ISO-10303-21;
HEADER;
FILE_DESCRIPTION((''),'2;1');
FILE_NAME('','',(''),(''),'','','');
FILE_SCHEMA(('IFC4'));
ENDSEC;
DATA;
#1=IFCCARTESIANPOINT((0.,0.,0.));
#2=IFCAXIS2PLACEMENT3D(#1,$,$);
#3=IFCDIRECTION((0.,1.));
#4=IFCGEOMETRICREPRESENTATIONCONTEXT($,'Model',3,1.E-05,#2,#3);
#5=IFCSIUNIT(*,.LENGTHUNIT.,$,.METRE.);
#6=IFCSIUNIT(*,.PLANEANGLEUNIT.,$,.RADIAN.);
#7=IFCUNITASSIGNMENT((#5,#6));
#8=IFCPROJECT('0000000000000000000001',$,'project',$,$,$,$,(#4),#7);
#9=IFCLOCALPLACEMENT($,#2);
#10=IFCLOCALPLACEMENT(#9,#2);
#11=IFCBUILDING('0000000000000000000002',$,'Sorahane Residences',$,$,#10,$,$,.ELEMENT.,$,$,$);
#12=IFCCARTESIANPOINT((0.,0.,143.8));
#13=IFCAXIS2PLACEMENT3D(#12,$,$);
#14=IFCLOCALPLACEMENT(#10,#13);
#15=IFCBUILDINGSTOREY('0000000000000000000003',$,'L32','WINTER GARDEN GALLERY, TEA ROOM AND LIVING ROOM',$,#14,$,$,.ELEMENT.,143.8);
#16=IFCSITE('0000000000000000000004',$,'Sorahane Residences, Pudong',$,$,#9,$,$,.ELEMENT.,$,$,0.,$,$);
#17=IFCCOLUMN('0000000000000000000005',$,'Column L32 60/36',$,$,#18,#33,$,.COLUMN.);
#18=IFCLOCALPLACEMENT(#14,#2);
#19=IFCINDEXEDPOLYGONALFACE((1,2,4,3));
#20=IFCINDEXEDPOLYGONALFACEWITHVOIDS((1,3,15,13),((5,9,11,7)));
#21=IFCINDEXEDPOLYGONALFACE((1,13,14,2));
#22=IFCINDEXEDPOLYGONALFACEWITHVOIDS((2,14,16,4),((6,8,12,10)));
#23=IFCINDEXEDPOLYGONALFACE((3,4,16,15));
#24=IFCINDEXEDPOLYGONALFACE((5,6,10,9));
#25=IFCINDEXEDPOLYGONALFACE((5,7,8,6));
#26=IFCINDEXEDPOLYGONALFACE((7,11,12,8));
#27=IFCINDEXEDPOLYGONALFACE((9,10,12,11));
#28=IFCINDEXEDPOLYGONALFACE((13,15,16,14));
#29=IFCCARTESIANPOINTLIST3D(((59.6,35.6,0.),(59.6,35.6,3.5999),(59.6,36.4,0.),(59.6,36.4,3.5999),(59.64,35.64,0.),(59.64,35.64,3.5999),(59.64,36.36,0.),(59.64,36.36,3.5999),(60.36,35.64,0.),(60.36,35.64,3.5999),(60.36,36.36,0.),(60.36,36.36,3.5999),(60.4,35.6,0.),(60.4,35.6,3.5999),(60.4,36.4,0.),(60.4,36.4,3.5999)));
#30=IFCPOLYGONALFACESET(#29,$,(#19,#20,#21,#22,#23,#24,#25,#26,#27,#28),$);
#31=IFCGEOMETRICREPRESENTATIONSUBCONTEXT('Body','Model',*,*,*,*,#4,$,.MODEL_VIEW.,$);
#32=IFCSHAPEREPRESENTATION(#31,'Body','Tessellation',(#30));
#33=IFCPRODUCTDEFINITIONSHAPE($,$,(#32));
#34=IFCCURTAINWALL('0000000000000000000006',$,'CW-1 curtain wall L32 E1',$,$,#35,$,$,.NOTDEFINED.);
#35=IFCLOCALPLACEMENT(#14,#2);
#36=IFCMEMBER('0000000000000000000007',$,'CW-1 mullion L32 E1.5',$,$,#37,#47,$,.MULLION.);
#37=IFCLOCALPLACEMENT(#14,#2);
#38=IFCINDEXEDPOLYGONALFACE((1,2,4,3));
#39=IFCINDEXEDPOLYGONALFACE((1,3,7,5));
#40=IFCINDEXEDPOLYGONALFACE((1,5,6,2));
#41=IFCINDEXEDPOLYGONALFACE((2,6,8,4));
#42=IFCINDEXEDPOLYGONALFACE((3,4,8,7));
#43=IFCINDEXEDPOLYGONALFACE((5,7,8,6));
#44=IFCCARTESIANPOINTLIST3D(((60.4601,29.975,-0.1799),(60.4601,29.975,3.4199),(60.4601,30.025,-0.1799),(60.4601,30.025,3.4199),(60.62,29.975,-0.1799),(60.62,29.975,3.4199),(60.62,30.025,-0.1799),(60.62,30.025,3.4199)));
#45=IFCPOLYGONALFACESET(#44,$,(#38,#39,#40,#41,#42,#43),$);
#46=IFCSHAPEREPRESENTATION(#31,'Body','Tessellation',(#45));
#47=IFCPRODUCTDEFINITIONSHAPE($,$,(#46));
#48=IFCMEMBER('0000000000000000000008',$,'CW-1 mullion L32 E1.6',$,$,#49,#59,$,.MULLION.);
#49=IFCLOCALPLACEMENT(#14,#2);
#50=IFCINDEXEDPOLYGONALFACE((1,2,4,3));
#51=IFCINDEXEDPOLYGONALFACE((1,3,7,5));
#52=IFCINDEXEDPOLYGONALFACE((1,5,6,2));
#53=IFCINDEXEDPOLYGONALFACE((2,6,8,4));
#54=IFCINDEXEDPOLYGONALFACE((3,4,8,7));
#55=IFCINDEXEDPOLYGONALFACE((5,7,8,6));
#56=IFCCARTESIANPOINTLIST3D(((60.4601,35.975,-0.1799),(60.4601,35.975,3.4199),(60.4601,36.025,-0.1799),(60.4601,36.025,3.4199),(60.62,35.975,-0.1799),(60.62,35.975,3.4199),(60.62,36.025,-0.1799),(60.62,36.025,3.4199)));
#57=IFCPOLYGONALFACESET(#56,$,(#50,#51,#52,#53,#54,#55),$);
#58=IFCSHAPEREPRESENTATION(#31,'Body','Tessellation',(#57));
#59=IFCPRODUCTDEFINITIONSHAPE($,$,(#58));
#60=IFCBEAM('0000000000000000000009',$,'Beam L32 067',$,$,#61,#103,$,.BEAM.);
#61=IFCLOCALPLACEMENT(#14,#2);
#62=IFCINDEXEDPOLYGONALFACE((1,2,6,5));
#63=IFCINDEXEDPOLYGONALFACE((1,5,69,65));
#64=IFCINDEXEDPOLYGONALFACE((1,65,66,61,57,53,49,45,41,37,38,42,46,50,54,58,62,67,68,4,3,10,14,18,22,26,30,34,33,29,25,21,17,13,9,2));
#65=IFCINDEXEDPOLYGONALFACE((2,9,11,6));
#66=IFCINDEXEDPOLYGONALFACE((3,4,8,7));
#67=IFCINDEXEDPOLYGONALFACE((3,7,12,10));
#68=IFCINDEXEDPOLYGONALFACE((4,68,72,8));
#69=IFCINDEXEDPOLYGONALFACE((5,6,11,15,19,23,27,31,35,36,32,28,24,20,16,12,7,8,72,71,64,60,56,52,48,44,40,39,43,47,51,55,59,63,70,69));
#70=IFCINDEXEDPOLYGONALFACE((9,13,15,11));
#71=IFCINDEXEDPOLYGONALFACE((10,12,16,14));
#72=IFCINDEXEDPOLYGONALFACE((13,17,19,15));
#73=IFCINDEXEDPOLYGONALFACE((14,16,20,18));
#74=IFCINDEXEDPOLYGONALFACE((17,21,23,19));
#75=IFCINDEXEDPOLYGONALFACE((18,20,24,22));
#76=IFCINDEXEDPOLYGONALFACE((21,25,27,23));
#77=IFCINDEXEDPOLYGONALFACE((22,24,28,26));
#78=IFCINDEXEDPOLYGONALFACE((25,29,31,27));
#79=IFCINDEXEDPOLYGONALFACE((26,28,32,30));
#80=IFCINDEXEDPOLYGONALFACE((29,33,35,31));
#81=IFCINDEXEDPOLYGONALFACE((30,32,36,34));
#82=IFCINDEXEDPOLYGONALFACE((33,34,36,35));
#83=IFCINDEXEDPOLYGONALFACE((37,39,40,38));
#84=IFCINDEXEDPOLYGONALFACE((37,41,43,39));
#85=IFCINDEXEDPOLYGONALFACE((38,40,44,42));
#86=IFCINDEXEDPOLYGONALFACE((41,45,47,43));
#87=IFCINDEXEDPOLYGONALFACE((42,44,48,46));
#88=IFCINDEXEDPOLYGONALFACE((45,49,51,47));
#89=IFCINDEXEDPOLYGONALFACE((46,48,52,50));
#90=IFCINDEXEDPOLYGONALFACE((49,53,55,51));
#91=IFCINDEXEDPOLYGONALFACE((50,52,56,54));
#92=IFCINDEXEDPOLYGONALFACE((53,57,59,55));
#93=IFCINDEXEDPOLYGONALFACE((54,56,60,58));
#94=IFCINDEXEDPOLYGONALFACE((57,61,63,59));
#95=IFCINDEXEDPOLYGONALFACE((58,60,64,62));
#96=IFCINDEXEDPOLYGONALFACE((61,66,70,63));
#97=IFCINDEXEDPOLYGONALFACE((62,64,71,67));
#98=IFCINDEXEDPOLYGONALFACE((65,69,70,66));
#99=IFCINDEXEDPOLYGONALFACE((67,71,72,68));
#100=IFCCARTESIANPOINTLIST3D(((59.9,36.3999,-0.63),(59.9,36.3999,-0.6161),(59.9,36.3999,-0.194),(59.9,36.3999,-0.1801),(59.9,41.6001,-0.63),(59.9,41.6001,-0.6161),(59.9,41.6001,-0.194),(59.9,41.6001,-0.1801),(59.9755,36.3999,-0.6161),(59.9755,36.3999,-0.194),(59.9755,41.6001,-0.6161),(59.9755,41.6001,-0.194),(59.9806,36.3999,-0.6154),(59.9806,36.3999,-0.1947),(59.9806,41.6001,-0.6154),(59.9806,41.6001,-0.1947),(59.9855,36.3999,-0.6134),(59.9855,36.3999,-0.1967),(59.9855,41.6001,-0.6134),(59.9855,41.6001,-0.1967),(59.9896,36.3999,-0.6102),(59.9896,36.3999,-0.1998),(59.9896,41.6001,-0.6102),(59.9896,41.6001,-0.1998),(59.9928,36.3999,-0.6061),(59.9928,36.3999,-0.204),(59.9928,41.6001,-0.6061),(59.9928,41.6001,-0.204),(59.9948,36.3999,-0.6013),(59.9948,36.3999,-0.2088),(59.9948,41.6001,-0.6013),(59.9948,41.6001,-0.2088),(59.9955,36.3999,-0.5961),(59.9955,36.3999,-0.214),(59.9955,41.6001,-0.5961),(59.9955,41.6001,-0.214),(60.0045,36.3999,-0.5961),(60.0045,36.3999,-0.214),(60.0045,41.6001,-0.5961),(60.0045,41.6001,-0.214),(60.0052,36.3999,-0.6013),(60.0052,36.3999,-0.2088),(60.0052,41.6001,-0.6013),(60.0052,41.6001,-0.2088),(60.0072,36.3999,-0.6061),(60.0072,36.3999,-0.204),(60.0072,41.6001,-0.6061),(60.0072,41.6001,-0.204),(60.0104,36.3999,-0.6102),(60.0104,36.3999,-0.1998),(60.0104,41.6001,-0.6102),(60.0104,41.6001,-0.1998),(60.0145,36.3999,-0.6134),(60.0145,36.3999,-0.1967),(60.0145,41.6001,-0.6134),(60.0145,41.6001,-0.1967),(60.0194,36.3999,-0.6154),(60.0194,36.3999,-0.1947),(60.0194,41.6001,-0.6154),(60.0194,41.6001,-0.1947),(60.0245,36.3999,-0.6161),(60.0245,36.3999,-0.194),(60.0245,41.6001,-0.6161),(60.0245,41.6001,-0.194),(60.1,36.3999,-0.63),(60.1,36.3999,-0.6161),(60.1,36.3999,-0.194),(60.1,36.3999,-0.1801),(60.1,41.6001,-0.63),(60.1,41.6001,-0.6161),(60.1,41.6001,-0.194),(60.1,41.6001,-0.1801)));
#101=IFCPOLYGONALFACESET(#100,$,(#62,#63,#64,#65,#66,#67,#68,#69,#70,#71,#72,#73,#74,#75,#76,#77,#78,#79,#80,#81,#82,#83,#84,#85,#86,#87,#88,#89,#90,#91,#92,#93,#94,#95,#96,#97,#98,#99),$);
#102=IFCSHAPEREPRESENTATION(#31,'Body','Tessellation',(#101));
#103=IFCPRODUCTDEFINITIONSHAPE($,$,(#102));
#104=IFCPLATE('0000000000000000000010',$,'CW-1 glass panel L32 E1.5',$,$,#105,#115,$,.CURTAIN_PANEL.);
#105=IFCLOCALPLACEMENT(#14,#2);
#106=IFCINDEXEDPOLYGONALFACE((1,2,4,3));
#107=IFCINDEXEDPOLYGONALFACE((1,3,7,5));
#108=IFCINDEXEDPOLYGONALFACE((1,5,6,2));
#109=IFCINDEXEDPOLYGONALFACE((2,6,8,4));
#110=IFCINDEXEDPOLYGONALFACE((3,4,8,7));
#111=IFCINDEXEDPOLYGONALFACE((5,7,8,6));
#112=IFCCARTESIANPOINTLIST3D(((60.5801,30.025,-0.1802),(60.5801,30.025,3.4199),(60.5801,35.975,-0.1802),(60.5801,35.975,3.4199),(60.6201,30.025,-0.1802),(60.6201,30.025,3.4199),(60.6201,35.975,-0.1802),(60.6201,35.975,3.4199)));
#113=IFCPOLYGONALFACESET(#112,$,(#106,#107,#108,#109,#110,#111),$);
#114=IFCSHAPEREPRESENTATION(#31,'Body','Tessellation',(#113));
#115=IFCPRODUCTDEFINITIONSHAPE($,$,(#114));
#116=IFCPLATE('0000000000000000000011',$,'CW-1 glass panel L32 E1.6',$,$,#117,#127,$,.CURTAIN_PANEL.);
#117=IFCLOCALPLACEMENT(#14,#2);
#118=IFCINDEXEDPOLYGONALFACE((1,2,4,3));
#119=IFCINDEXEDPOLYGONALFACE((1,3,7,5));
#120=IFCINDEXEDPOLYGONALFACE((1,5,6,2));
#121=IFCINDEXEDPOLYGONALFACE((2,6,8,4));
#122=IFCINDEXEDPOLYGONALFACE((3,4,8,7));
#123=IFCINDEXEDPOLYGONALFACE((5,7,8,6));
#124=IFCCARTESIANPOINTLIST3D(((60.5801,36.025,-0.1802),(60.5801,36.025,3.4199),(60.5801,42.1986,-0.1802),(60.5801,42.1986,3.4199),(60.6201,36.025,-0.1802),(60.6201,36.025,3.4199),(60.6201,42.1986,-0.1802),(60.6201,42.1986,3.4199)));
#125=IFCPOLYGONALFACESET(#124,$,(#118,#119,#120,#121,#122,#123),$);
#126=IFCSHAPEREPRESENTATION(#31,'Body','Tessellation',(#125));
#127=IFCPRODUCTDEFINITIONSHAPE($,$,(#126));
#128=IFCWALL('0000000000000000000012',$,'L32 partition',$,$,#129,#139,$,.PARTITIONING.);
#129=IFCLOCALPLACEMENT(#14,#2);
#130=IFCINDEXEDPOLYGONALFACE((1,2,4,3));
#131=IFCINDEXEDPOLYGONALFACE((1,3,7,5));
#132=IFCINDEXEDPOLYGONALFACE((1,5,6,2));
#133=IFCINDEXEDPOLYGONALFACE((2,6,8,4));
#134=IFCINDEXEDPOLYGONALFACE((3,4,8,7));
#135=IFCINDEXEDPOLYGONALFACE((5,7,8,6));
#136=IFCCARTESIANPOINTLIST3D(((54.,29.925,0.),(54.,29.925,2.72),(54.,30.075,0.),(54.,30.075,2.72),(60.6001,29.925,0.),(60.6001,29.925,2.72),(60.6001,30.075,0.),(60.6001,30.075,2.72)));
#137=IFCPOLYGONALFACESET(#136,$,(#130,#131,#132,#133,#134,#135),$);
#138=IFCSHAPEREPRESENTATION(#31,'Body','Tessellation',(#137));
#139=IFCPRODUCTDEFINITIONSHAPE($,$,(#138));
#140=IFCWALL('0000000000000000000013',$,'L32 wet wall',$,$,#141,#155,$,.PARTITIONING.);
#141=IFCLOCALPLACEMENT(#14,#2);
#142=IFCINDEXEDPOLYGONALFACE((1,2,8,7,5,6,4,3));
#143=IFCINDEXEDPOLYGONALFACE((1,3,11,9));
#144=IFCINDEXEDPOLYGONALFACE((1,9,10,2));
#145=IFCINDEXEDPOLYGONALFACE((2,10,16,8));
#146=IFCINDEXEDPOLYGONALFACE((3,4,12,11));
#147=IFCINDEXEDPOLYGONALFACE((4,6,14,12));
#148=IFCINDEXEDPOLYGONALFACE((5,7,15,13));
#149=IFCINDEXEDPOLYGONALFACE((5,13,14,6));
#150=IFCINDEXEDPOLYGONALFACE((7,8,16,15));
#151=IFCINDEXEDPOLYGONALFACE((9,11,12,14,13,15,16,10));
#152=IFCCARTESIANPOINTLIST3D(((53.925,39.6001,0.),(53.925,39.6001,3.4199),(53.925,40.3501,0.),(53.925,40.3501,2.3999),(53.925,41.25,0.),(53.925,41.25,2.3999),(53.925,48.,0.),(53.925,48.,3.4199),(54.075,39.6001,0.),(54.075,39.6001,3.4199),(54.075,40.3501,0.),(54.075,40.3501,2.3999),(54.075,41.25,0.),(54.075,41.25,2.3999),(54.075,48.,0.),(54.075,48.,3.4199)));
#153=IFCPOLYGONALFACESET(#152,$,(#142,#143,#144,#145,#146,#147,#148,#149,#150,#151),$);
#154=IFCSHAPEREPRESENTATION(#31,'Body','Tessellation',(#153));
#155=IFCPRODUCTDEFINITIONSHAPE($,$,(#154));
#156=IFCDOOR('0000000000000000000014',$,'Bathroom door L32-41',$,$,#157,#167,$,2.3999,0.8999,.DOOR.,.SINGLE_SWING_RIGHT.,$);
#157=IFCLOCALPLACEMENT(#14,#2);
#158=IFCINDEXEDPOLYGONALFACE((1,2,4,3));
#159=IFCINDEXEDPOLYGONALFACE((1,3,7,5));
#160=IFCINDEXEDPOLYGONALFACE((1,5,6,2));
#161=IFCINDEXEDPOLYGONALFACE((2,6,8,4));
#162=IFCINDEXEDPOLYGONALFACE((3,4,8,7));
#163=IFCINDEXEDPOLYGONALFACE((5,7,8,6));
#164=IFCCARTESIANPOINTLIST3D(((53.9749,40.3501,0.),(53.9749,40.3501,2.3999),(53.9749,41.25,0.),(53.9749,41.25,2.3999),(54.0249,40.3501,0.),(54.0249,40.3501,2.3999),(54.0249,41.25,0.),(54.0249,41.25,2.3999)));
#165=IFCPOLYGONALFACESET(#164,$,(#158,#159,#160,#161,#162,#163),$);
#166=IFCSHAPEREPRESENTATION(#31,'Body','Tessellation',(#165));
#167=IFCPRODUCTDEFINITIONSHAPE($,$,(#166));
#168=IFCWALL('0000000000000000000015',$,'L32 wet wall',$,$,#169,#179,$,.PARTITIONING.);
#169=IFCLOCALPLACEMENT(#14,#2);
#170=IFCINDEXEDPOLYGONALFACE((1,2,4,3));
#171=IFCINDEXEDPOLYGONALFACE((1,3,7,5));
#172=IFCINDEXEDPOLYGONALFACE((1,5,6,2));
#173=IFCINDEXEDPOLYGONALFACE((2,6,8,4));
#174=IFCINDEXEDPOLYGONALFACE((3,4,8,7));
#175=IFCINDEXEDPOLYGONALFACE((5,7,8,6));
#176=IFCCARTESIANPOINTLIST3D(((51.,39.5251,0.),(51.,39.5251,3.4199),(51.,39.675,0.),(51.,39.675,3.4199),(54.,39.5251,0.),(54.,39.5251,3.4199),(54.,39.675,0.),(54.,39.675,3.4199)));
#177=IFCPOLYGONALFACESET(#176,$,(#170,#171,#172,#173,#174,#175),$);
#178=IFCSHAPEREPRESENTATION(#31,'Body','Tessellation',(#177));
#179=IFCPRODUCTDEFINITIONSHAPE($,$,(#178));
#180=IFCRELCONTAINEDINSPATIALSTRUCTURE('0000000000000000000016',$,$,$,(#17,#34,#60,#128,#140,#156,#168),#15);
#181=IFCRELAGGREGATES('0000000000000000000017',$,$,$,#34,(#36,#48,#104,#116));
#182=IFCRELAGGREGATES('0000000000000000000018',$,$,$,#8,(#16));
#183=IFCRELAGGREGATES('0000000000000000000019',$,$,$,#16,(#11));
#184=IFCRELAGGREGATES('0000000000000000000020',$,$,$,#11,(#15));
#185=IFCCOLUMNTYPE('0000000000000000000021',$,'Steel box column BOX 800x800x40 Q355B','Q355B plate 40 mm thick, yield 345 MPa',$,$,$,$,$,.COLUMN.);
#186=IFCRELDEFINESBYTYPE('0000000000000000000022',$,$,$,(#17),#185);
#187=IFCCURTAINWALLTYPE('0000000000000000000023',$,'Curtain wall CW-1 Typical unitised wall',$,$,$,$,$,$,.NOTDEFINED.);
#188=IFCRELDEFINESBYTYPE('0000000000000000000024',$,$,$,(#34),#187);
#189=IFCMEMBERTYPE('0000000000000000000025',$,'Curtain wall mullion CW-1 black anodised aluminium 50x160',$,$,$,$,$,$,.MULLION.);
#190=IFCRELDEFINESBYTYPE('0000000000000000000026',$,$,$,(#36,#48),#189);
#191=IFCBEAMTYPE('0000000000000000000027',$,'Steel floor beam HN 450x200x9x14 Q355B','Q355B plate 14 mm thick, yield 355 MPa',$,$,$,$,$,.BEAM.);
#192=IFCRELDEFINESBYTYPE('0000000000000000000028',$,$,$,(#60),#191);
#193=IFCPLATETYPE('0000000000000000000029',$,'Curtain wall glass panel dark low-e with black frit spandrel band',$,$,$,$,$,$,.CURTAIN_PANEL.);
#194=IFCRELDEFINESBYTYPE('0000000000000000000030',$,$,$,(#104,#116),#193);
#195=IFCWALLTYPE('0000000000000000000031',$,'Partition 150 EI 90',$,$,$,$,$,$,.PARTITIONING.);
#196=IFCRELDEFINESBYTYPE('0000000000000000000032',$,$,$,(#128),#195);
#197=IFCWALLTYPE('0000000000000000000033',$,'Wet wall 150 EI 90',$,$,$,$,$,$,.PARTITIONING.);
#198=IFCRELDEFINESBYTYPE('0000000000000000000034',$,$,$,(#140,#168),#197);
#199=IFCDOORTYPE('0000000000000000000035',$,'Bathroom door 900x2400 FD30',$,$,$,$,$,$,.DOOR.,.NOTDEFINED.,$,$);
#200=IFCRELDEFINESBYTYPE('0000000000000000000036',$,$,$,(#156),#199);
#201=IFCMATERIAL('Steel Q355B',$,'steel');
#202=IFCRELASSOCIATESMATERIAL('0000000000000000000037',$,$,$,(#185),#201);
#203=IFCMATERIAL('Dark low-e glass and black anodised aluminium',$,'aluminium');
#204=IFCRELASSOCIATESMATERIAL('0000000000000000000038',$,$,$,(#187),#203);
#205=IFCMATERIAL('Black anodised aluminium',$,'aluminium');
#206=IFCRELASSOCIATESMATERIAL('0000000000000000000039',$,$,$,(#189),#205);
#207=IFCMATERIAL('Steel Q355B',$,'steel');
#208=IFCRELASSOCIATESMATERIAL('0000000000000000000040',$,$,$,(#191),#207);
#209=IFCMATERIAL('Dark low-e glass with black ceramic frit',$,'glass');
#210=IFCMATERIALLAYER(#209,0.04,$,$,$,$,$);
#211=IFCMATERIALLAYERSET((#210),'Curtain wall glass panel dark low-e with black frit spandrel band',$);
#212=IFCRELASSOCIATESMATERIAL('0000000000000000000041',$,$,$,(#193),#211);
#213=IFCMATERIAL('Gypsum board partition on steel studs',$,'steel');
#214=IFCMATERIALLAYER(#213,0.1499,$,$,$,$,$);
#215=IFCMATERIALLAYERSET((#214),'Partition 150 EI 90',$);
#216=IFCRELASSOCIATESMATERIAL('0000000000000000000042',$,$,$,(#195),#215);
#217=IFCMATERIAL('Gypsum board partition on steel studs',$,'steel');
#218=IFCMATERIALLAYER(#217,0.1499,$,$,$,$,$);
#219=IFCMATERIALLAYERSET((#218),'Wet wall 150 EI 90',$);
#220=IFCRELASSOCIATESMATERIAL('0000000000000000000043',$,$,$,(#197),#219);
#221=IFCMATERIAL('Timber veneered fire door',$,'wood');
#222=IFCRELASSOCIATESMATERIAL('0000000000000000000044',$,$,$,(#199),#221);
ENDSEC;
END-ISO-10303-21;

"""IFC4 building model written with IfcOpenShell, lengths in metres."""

from ifc_helpers import new_model, si_unit, direction, frame, frame_2d, origin, origin_2d, place, context, subcontext, project, spatial, rectangle, hollow_rectangle, i_section, extrude, material, layer, layer_set, material_profile, profile_set, type_object, element, fill, aggregate, save


model = new_model("IFC4")

# Units and contexts
model_context = context("Model", 3, precision=1e-05, world=origin(), true_north=direction((0.0, 1.0)))
body_context = subcontext(model_context, "Body", "Model", "MODEL_VIEW")
ifc_project = project(units=[si_unit("LENGTHUNIT", "METRE"), si_unit("PLANEANGLEUNIT", "RADIAN")], contexts=[model_context])

# Site, building, storey
site_placement = place(None, origin())
site = spatial("IfcSite", under=ifc_project, at=site_placement, Name="Sorahane Residences, Pudong", CompositionType="ELEMENT", RefElevation=0.0)
building_placement = place(site_placement, origin())
building = spatial("IfcBuilding", under=site, at=building_placement, Name="Sorahane Residences", CompositionType="ELEMENT")
storey_placement = place(building_placement, frame((0.0, 0.0, 143.8)))
storey = spatial("IfcBuildingStorey", under=building, at=storey_placement, Name="L32", Description="WINTER GARDEN GALLERY, TEA ROOM AND LIVING ROOM", CompositionType="ELEMENT", Elevation=143.8)

# Column
ifc_material_1 = material(Name="Steel Q355B", Category="steel")
ifc_material_profile_1 = material_profile(ifc_material_1, hollow_rectangle(XDim=0.8, YDim=0.8, WallThickness=0.04, at=origin_2d()), Name="BOX 800x800x40")
ifc_profile_set_1 = profile_set([ifc_material_profile_1], Name="Steel Q355B")
column_type = type_object("IfcColumnType", Name="Steel box column BOX 800x800x40 Q355B", Description="Q355B plate 40 mm thick, yield 345 MPa", PredefinedType="COLUMN", material=ifc_profile_set_1)
column_placement = place(storey_placement, frame((60.0, 36.0, 0.0), z_axis=(0.0, 0.0, 1.0), x_axis=(1.0, 0.0, 0.0)))
element("IfcColumn", 1, at=column_placement, inside=storey, type_object=column_type, Name="Column L32 60/36", PredefinedType="COLUMN", context=body_context, shape_type="SweptSolid", body=[
    extrude(hollow_rectangle(XDim=0.8, YDim=0.8, WallThickness=0.04, at=origin_2d()), origin(), (0.0, 0.0, 1.0), 3.5999),
])

# Curtain wall, members
ifc_material_2 = material(Name="Dark low-e glass and black anodised aluminium", Category="aluminium")
curtain_wall_type = type_object("IfcCurtainWallType", Name="Curtain wall CW-1 Typical unitised wall", PredefinedType="NOTDEFINED", material=ifc_material_2)
curtain_wall_placement = place(storey_placement, origin())
curtain_wall = element("IfcCurtainWall", 2, at=curtain_wall_placement, inside=storey, type_object=curtain_wall_type, Name="CW-1 curtain wall L32 E1", PredefinedType="NOTDEFINED")
ifc_material_3 = material(Name="Black anodised aluminium", Category="aluminium")
ifc_material_profile_2 = material_profile(ifc_material_3, rectangle(XDim=0.1599, YDim=0.05, at=origin_2d()), Name="Curtain wall mullion CW-1 black anodised aluminium 50x160")
ifc_profile_set_2 = profile_set([ifc_material_profile_2], Name="Black anodised aluminium")
member_type = type_object("IfcMemberType", Name="Curtain wall mullion CW-1 black anodised aluminium 50x160", PredefinedType="MULLION", material=ifc_profile_set_2)
member_1_placement = place(storey_placement, frame((60.54, 30.0, -0.1799), z_axis=(0.0, 0.0, 1.0), x_axis=(1.0, 0.0, 0.0)))
member_1 = element("IfcMember", 3, at=member_1_placement, type_object=member_type, Name="CW-1 mullion L32 E1.5", PredefinedType="MULLION", context=body_context, shape_type="SweptSolid", body=[
    extrude(rectangle(XDim=0.1599, YDim=0.05, at=origin_2d()), origin(), (0.0, 0.0, 1.0), 3.5999),
])
member_2_placement = place(storey_placement, frame((60.54, 36.0, -0.1799), z_axis=(0.0, 0.0, 1.0), x_axis=(1.0, 0.0, 0.0)))
member_2 = element("IfcMember", 4, at=member_2_placement, type_object=member_type, Name="CW-1 mullion L32 E1.6", PredefinedType="MULLION", context=body_context, shape_type="SweptSolid", body=[
    extrude(rectangle(XDim=0.1599, YDim=0.05, at=origin_2d()), origin(), (0.0, 0.0, 1.0), 3.5999),
])

# Beam
ifc_material_4 = material(Name="Steel Q355B", Category="steel")
ifc_material_profile_3 = material_profile(ifc_material_4, i_section(OverallWidth=0.2, OverallDepth=0.45, WebThickness=0.009, FlangeThickness=0.0139, FilletRadius=0.02, at=origin_2d()), Name="HN 450x200x9x14")
ifc_profile_set_3 = profile_set([ifc_material_profile_3], Name="Steel Q355B")
beam_type = type_object("IfcBeamType", Name="Steel floor beam HN 450x200x9x14 Q355B", Description="Q355B plate 14 mm thick, yield 355 MPa", PredefinedType="BEAM", material=ifc_profile_set_3)
beam_placement = place(storey_placement, frame((60.0, 36.3999, -0.405), z_axis=(0.0, 1.0, 0.0), x_axis=(-1.0, 0.0, 0.0)))
element("IfcBeam", 5, at=beam_placement, inside=storey, type_object=beam_type, Name="Beam L32 067", PredefinedType="BEAM", context=body_context, shape_type="SweptSolid", body=[
    extrude(i_section(OverallWidth=0.2, OverallDepth=0.45, WebThickness=0.009, FlangeThickness=0.0139, FilletRadius=0.02, at=origin_2d()), origin(), (0.0, 0.0, 1.0), 5.2002),
])

# Plates
ifc_material_5 = material(Name="Dark low-e glass with black ceramic frit", Category="glass")
ifc_layer_1 = layer(ifc_material_5, 0.04)
ifc_layer_set_1 = layer_set([ifc_layer_1], Name="Curtain wall glass panel dark low-e with black frit spandrel band")
plate_type = type_object("IfcPlateType", Name="Curtain wall glass panel dark low-e with black frit spandrel band", PredefinedType="CURTAIN_PANEL", material=ifc_layer_set_1)
plate_1_placement = place(storey_placement, frame((60.6001, 33.0, -0.1802), z_axis=(0.0, 0.0, 1.0), x_axis=(0.0, 1.0, 0.0)))
plate_1 = element("IfcPlate", 6, at=plate_1_placement, type_object=plate_type, Name="CW-1 glass panel L32 E1.5", PredefinedType="CURTAIN_PANEL", context=body_context, shape_type="SweptSolid", body=[
    extrude(rectangle(XDim=5.95, YDim=0.04, at=origin_2d()), origin(), (0.0, 0.0, 1.0), 3.6001),
])
plate_2_placement = place(storey_placement, frame((60.6001, 39.1118, -0.1802), z_axis=(0.0, 0.0, 1.0), x_axis=(0.0, 1.0, 0.0)))
plate_2 = element("IfcPlate", 7, at=plate_2_placement, type_object=plate_type, Name="CW-1 glass panel L32 E1.6", PredefinedType="CURTAIN_PANEL", context=body_context, shape_type="SweptSolid", body=[
    extrude(rectangle(XDim=6.1736, YDim=0.04, at=origin_2d()), origin(), (0.0, 0.0, 1.0), 3.6001),
])
aggregate(curtain_wall, [member_1, member_2, plate_1, plate_2])

# Shared definitions
ifc_material_6 = material(Name="Gypsum board partition on steel studs", Category="steel")
ifc_layer_2 = layer(ifc_material_6, 0.1499)
ifc_layer_set_2 = layer_set([ifc_layer_2], Name="Partition 150 EI 90")
wall_type_1 = type_object("IfcWallType", Name="Partition 150 EI 90", PredefinedType="PARTITIONING", material=ifc_layer_set_2)

# Wall
wall_1_placement = place(storey_placement, frame((54.0, 30.0, 0.0), z_axis=(0.0, 0.0, 1.0), x_axis=(1.0, 0.0, 0.0)))
element("IfcWall", 8, at=wall_1_placement, inside=storey, type_object=wall_type_1, Name="L32 partition", PredefinedType="PARTITIONING", context=body_context, shape_type="SweptSolid", body=[
    extrude(rectangle(XDim=6.6001, YDim=0.1499, at=frame_2d((3.3, 0.0))), origin(), (0.0, 0.0, 1.0), 2.72),
])

# Wall, opening, door
ifc_material_7 = material(Name="Gypsum board partition on steel studs", Category="steel")
ifc_layer_3 = layer(ifc_material_7, 0.1499)
ifc_layer_set_3 = layer_set([ifc_layer_3], Name="Wet wall 150 EI 90")
wall_type_2 = type_object("IfcWallType", Name="Wet wall 150 EI 90", PredefinedType="PARTITIONING", material=ifc_layer_set_3)
ifc_material_8 = material(Name="Timber veneered fire door", Category="wood")
door_type_1 = type_object("IfcDoorType", Name="Bathroom door 900x2400 FD30", OperationType="NOTDEFINED", PredefinedType="DOOR", material=ifc_material_8)
wall_2_placement = place(storey_placement, frame((54.0, 39.6001, 0.0), z_axis=(0.0, 0.0, 1.0), x_axis=(0.0, 1.0, 0.0)))
wall_2 = element("IfcWall", 9, at=wall_2_placement, inside=storey, type_object=wall_type_2, Name="L32 wet wall", PredefinedType="PARTITIONING", context=body_context, shape_type="SweptSolid", body=[
    extrude(rectangle(XDim=8.3999, YDim=0.1499, at=frame_2d((4.2, 0.0))), origin(), (0.0, 0.0, 1.0), 3.4199),
])
opening_1_placement = place(wall_2_placement, frame((0.75, 0.0, 0.0)))
opening_1 = element("IfcOpeningElement", 10, at=opening_1_placement, cuts=wall_2, PredefinedType="OPENING", context=body_context, shape_type="SweptSolid", body=[
    extrude(rectangle(XDim=0.8999, YDim=2.3999, at=frame_2d((0.45, 1.2))), frame((0.0, 0.085, 0.0), z_axis=(0.0, -1.0, 0.0), x_axis=(1.0, 0.0, 0.0)), (0.0, 0.0, 1.0), 0.1699),
])
door_1_placement = place(opening_1_placement, frame((0.8999, 0.0, 0.0), z_axis=(0.0, 0.0, 1.0), x_axis=(-1.0, 0.0, 0.0)))
door_1 = element("IfcDoor", 11, at=door_1_placement, inside=storey, type_object=door_type_1, Name="Bathroom door L32-41", OperationType="SINGLE_SWING_RIGHT", OverallHeight=2.3999, OverallWidth=0.8999, PredefinedType="DOOR", context=body_context, shape_type="SweptSolid", body=[
    extrude(rectangle(XDim=0.8999, YDim=2.3999, at=frame_2d((0.45, 1.2))), frame((0.0, 0.0249, 0.0), z_axis=(0.0, -1.0, 0.0), x_axis=(1.0, 0.0, 0.0)), (0.0, 0.0, 1.0), 0.05),
])
fill(opening_1, door_1)

# Wall
wall_3_placement = place(storey_placement, frame((51.0, 39.6001, 0.0), z_axis=(0.0, 0.0, 1.0), x_axis=(1.0, 0.0, 0.0)))
element("IfcWall", 12, at=wall_3_placement, inside=storey, type_object=wall_type_2, Name="L32 wet wall", PredefinedType="PARTITIONING", context=body_context, shape_type="SweptSolid", body=[
    extrude(rectangle(XDim=3.0, YDim=0.1499, at=frame_2d((1.5, 0.0))), origin(), (0.0, 0.0, 1.0), 3.4199),
])

save(model, "model.ifc")
